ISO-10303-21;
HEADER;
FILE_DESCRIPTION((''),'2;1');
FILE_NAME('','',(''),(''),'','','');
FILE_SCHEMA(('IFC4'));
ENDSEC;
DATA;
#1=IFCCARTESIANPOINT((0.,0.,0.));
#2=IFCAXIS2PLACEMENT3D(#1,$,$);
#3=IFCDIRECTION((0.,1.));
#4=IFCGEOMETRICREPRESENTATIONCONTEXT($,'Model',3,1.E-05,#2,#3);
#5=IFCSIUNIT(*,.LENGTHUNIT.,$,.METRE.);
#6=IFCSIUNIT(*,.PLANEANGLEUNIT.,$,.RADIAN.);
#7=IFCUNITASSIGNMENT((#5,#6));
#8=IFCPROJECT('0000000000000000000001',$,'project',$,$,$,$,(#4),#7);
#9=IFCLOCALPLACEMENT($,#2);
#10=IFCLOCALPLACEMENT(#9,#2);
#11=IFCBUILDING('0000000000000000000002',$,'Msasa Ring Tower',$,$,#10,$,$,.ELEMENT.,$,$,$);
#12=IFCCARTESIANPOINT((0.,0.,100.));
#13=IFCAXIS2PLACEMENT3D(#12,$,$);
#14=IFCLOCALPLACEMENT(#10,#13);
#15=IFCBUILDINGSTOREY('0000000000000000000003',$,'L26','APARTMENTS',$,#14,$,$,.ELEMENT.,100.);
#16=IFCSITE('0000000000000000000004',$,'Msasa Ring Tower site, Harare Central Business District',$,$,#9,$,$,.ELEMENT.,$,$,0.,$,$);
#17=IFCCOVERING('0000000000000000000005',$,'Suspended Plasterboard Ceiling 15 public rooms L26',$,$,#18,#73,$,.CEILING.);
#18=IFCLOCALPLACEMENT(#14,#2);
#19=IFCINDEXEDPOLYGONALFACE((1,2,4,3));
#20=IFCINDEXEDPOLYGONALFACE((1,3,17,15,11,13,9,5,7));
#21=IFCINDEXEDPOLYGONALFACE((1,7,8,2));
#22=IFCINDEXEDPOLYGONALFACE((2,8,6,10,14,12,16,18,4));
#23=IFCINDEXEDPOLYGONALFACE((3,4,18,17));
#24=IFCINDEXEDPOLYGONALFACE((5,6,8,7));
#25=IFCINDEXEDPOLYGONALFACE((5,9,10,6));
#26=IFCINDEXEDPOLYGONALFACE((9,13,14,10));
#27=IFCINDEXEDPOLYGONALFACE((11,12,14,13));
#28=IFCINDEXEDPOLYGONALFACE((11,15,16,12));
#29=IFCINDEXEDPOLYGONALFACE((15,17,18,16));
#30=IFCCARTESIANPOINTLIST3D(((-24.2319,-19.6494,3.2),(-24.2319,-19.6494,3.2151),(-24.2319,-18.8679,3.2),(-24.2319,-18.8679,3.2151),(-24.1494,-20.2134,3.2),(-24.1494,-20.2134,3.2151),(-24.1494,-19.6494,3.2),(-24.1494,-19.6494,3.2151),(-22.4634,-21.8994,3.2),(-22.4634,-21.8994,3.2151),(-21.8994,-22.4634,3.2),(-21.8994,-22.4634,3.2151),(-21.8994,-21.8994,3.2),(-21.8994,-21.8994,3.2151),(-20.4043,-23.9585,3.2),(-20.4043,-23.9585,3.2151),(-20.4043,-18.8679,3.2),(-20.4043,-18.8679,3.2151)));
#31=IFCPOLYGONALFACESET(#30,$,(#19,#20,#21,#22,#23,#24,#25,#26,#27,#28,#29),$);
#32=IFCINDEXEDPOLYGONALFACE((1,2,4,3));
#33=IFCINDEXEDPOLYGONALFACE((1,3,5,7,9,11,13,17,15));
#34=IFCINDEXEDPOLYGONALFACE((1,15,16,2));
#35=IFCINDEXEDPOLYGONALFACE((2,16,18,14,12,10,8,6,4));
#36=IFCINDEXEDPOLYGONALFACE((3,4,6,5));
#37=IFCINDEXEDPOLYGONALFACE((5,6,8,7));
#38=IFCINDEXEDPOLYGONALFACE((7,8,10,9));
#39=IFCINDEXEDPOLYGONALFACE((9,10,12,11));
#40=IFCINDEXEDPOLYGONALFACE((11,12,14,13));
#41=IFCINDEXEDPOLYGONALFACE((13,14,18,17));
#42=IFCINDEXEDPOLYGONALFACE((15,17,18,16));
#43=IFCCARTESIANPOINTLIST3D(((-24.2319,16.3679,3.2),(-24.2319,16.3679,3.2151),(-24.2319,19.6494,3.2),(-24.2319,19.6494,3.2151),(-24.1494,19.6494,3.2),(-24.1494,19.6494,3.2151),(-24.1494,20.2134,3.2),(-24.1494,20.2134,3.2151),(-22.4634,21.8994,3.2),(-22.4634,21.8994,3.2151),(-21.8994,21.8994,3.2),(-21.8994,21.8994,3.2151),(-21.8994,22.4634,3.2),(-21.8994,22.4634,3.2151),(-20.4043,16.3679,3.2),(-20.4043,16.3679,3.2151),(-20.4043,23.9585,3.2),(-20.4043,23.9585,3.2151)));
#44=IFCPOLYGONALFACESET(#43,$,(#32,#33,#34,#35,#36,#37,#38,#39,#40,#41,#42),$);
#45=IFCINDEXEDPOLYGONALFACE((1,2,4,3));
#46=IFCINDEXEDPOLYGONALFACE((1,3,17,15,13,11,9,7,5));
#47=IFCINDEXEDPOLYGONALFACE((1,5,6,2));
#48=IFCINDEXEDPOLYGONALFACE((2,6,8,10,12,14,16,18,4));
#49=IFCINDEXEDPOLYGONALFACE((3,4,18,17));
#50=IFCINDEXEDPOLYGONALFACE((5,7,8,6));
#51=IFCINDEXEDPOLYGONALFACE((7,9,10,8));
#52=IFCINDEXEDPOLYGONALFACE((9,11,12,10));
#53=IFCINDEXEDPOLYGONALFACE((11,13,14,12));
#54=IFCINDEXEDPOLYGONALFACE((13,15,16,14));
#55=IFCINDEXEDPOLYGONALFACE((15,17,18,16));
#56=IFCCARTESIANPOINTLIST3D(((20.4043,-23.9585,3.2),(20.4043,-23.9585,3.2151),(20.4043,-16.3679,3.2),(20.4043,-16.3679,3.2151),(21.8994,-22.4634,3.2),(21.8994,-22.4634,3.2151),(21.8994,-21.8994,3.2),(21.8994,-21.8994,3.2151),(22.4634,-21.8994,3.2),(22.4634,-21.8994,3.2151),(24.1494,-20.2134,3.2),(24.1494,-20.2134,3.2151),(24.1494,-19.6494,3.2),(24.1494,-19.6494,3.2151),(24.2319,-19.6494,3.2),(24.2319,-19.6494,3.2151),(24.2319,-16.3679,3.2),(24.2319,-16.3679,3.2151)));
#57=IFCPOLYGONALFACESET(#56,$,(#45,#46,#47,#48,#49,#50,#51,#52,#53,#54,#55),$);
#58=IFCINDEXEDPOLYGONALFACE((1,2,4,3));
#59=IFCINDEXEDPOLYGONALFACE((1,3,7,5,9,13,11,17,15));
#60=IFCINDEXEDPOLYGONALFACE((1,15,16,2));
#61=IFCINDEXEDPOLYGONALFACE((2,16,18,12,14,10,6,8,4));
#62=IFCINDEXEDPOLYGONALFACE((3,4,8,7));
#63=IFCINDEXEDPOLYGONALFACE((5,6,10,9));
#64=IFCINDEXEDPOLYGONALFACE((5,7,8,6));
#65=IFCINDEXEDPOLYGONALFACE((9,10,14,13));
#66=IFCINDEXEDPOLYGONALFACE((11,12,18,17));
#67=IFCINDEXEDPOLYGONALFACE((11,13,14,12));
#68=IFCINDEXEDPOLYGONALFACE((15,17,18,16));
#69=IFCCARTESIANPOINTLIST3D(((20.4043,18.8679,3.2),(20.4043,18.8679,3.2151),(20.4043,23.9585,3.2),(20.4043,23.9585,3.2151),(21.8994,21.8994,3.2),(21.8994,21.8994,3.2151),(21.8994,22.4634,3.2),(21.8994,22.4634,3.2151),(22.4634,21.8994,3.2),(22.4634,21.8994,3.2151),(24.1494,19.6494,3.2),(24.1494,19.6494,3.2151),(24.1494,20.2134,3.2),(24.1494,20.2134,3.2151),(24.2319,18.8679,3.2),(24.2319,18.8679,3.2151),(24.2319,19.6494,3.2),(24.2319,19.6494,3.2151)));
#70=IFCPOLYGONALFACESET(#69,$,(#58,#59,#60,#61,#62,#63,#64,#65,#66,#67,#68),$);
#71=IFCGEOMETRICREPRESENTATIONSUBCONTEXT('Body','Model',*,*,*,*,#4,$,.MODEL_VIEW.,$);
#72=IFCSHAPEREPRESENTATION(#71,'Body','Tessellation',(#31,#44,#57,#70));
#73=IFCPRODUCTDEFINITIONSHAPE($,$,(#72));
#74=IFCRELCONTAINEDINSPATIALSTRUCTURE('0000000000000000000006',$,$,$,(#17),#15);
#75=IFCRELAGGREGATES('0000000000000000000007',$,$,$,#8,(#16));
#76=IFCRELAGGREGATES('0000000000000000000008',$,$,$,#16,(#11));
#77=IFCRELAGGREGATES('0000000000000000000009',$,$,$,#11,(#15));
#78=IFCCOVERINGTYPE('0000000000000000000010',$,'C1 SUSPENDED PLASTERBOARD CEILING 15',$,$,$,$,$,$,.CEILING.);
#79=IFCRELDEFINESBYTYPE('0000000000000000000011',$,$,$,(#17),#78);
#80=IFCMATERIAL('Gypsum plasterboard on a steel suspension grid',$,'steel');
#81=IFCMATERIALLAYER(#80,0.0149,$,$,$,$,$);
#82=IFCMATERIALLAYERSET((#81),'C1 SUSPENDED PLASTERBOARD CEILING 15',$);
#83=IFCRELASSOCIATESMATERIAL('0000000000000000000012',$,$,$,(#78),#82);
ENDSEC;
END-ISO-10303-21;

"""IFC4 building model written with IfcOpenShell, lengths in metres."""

from ifc_helpers import new_model, si_unit, direction, frame, origin, place, context, subcontext, project, spatial, line, indexed_curve, outline, extrude, material, layer, layer_set, type_object, element, save


model = new_model("IFC4")

# Units and contexts
model_context = context("Model", 3, precision=1e-05, world=origin(), true_north=direction((0.0, 1.0)))
body_context = subcontext(model_context, "Body", "Model", "MODEL_VIEW")
ifc_project = project(units=[si_unit("LENGTHUNIT", "METRE"), si_unit("PLANEANGLEUNIT", "RADIAN")], contexts=[model_context])

# Site, building, storey
site_placement = place(None, origin())
site = spatial("IfcSite", under=ifc_project, at=site_placement, Name="Msasa Ring Tower site, Harare Central Business District", CompositionType="ELEMENT", RefElevation=0.0)
building_placement = place(site_placement, origin())
building = spatial("IfcBuilding", under=site, at=building_placement, Name="Msasa Ring Tower", CompositionType="ELEMENT")
storey_placement = place(building_placement, frame((0.0, 0.0, 100.0)))
storey = spatial("IfcBuildingStorey", under=building, at=storey_placement, Name="L26", Description="APARTMENTS", CompositionType="ELEMENT", Elevation=100.0)

# Covering
ifc_material_1 = material(Name="Gypsum plasterboard on a steel suspension grid", Category="steel")
ifc_layer_1 = layer(ifc_material_1, 0.0149)
ifc_layer_set_1 = layer_set([ifc_layer_1], Name="C1 SUSPENDED PLASTERBOARD CEILING 15")
covering_type_1 = type_object("IfcCoveringType", Name="C1 SUSPENDED PLASTERBOARD CEILING 15", PredefinedType="CEILING", material=ifc_layer_set_1)
covering_1_placement = place(storey_placement, frame((0.0, 0.0, 3.2)))
element("IfcCovering", 1, at=covering_1_placement, inside=storey, type_object=covering_type_1, Name="Suspended Plasterboard Ceiling 15 public rooms L26", PredefinedType="CEILING", context=body_context, shape_type="SweptSolid", body=[
    extrude(outline(indexed_curve([(-21.8994, -22.4634), (-21.8994, -21.8994), (-22.4634, -21.8994), (-24.1494, -20.2134), (-24.1494, -19.6494), (-24.2319, -19.6494), (-24.2319, -18.8679), (-20.4043, -18.8679), (-20.4043, -23.9585)], segments=[line(1, 2, 3, 4, 5, 6, 7, 8, 9, 1)], self_intersect=False)), origin(), (0.0, 0.0, 1.0), 0.0151),
    extrude(outline(indexed_curve([(-22.4634, 21.8994), (-21.8994, 21.8994), (-21.8994, 22.4634), (-20.4043, 23.9585), (-20.4043, 16.3679), (-24.2319, 16.3679), (-24.2319, 19.6494), (-24.1494, 19.6494), (-24.1494, 20.2134)], segments=[line(1, 2, 3, 4, 5, 6, 7, 8, 9, 1)], self_intersect=False)), origin(), (0.0, 0.0, 1.0), 0.0151),
    extrude(outline(indexed_curve([(22.4634, -21.8994), (21.8994, -21.8994), (21.8994, -22.4634), (20.4043, -23.9585), (20.4043, -16.3679), (24.2319, -16.3679), (24.2319, -19.6494), (24.1494, -19.6494), (24.1494, -20.2134)], segments=[line(1, 2, 3, 4, 5, 6, 7, 8, 9, 1)], self_intersect=False)), origin(), (0.0, 0.0, 1.0), 0.0151),
    extrude(outline(indexed_curve([(21.8994, 22.4634), (21.8994, 21.8994), (22.4634, 21.8994), (24.1494, 20.2134), (24.1494, 19.6494), (24.2319, 19.6494), (24.2319, 18.8679), (20.4043, 18.8679), (20.4043, 23.9585)], segments=[line(1, 2, 3, 4, 5, 6, 7, 8, 9, 1)], self_intersect=False)), origin(), (0.0, 0.0, 1.0), 0.0151),
])

save(model, "model.ifc")
